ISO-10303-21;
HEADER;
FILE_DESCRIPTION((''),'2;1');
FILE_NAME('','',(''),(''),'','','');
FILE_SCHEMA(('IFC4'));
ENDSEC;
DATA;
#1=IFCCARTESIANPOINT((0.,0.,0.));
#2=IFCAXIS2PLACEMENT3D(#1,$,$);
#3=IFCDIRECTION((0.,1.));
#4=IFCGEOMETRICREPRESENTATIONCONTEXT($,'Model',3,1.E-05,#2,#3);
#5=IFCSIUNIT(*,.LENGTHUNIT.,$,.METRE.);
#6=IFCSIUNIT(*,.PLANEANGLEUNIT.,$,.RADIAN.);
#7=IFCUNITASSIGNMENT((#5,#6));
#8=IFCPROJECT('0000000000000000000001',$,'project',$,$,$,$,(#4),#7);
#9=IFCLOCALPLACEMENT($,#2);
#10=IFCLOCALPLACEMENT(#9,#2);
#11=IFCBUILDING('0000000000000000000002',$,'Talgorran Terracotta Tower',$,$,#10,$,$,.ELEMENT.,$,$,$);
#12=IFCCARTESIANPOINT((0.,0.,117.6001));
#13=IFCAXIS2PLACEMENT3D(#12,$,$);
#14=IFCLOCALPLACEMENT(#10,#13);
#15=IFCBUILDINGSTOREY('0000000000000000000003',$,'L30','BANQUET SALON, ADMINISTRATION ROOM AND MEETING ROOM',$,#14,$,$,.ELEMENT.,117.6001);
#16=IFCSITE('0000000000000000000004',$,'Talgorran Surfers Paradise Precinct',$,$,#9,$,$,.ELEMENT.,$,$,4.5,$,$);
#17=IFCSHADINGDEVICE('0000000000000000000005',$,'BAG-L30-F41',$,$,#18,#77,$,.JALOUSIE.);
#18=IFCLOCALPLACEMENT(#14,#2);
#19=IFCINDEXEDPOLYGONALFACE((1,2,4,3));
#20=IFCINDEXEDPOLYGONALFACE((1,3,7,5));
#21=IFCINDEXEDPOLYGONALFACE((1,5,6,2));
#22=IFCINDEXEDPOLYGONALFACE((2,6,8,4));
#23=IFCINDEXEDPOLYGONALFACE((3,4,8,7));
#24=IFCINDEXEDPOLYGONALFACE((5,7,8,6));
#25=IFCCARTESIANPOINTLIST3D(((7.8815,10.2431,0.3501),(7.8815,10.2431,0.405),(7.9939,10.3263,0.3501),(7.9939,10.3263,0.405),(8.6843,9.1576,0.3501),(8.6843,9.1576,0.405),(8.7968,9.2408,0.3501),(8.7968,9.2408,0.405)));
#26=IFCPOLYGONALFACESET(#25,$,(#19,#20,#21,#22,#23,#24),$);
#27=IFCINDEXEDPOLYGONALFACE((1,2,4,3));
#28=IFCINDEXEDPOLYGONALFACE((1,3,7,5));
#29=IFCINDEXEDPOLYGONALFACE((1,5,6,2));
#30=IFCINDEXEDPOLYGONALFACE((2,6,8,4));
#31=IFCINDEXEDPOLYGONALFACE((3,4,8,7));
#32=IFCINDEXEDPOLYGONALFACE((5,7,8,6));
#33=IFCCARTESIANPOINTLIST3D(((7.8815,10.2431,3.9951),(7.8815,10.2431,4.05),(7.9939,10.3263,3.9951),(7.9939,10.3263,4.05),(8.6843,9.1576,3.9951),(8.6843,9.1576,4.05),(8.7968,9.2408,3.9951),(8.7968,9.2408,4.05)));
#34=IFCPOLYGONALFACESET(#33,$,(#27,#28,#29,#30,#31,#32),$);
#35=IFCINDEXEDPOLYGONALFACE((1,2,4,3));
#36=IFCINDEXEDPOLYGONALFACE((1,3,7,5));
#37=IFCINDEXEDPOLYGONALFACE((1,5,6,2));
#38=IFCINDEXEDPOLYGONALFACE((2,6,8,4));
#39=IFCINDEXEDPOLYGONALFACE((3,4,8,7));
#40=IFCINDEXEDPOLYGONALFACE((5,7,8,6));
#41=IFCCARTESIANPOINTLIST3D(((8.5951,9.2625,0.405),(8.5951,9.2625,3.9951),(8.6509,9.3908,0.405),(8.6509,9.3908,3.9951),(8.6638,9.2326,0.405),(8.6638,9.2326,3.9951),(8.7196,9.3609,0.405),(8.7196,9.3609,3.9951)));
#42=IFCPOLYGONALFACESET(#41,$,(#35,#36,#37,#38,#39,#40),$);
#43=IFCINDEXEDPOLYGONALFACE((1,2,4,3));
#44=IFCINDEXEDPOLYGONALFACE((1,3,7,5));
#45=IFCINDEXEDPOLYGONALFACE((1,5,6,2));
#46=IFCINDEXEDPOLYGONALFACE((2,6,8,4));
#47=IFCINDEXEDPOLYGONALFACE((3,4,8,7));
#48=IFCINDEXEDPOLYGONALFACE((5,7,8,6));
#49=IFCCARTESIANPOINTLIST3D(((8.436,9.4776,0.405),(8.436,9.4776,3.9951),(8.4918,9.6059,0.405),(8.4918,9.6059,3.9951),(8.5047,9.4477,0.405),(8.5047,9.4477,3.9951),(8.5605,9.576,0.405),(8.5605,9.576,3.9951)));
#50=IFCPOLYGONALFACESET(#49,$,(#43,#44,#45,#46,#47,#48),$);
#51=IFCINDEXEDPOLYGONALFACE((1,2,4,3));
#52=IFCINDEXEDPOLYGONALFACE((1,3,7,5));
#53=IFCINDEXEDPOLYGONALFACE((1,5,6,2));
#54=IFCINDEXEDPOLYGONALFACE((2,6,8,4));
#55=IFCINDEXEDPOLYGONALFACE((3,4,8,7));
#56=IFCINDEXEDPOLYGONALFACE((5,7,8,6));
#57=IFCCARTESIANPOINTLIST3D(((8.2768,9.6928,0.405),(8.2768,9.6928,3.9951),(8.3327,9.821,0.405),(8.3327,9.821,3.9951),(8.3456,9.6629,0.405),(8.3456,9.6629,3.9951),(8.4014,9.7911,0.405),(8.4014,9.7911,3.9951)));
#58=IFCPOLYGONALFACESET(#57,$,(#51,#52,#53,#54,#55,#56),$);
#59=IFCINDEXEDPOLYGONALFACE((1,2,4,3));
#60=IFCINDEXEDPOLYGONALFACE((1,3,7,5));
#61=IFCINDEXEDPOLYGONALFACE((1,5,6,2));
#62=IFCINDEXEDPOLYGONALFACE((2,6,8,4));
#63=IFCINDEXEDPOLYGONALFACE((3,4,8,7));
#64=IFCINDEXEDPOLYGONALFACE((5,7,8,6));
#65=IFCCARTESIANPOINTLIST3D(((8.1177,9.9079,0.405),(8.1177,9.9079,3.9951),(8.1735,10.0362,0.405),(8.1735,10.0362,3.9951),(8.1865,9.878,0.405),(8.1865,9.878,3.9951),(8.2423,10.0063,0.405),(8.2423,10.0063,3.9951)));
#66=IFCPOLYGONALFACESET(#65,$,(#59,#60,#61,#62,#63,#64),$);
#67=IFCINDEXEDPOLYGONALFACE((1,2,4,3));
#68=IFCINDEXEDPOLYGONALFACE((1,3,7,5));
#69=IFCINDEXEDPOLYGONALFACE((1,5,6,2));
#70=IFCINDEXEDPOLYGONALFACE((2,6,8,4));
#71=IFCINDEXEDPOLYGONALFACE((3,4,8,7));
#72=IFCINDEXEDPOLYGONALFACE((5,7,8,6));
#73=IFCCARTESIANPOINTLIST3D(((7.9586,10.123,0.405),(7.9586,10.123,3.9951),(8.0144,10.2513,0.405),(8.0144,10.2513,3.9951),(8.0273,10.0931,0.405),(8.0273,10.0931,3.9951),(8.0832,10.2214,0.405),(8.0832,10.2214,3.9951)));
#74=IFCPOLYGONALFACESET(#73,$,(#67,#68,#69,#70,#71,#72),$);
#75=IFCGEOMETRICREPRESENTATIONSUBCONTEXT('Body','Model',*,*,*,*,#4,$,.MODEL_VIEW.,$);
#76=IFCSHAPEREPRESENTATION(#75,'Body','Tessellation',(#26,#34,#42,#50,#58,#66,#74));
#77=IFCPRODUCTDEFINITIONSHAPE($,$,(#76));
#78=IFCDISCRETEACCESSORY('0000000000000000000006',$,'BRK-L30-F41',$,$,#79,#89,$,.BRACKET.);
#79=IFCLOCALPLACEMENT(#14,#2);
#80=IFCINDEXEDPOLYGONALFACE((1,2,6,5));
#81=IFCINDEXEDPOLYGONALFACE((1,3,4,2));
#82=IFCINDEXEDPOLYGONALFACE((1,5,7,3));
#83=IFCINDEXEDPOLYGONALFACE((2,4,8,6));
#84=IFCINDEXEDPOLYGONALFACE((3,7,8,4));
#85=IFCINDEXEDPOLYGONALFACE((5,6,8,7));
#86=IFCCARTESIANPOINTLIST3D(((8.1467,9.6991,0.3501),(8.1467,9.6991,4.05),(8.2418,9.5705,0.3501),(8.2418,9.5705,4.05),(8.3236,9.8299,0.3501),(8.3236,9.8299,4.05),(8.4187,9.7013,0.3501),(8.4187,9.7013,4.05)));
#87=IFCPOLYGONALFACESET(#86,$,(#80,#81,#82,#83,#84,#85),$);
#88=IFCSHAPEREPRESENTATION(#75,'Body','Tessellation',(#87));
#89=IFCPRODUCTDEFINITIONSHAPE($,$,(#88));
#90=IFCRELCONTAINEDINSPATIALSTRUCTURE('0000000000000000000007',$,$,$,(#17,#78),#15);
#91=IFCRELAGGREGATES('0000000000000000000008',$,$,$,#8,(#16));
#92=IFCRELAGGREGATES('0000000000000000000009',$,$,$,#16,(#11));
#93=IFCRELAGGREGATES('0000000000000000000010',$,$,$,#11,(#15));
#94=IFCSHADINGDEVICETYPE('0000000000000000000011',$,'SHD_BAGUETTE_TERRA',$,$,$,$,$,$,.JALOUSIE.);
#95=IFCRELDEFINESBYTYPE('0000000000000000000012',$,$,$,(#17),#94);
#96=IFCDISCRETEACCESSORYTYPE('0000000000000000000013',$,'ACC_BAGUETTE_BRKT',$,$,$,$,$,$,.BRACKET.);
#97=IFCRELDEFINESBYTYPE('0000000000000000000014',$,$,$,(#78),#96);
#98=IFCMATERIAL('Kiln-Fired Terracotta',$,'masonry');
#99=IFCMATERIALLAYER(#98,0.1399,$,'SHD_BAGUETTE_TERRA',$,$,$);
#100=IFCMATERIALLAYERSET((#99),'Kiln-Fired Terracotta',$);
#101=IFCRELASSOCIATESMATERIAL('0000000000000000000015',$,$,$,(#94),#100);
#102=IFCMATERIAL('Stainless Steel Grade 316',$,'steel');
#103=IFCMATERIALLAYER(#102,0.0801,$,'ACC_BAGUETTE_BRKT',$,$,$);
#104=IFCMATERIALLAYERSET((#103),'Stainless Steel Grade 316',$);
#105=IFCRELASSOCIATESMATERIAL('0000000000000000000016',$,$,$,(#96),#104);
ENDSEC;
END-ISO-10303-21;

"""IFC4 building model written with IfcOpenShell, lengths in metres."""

from ifc_helpers import new_model, si_unit, direction, frame, origin, origin_2d, place, context, subcontext, project, spatial, rectangle, extrude, source, transform, mapped, material, layer, layer_set, type_object, type_shapes, element, save


model = new_model("IFC4")

# Units and contexts
model_context = context("Model", 3, precision=1e-05, world=origin(), true_north=direction((0.0, 1.0)))
body_context = subcontext(model_context, "Body", "Model", "MODEL_VIEW")
ifc_project = project(units=[si_unit("LENGTHUNIT", "METRE"), si_unit("PLANEANGLEUNIT", "RADIAN")], contexts=[model_context])

# Site, building, storey
site_placement = place(None, origin())
site = spatial("IfcSite", under=ifc_project, at=site_placement, Name="Talgorran Surfers Paradise Precinct", CompositionType="ELEMENT", RefElevation=4.5)
building_placement = place(site_placement, origin())
building = spatial("IfcBuilding", under=site, at=building_placement, Name="Talgorran Terracotta Tower", CompositionType="ELEMENT")
storey_placement = place(building_placement, frame((0.0, 0.0, 117.6001)))
storey = spatial("IfcBuildingStorey", under=building, at=storey_placement, Name="L30", Description="BANQUET SALON, ADMINISTRATION ROOM AND MEETING ROOM", CompositionType="ELEMENT", Elevation=117.6001)

# Shading device
ifc_material_1 = material(Name="Kiln-Fired Terracotta", Category="masonry")
ifc_layer_1 = layer(ifc_material_1, 0.1399, Name="SHD_BAGUETTE_TERRA")
ifc_layer_set_1 = layer_set([ifc_layer_1], Name="Kiln-Fired Terracotta")
shading_device_type = type_object("IfcShadingDeviceType", Name="SHD_BAGUETTE_TERRA", PredefinedType="JALOUSIE", material=ifc_layer_set_1)
shared_shape_1 = source(origin(), body_context, "Body", "SweptSolid", [
    extrude(rectangle(XDim=1.3501, YDim=0.1399, at=origin_2d()), origin(), (0.0, 0.0, 1.0), 0.0549),
    extrude(rectangle(XDim=1.3501, YDim=0.1399, at=origin_2d()), frame((0.0, 0.0, 3.645)), (0.0, 0.0, 1.0), 0.0549),
    extrude(rectangle(XDim=0.075, YDim=0.1399, at=origin_2d()), frame((-0.5352, 0.0, 0.0549), z_axis=(0.0, 0.0, 1.0), x_axis=(0.866025, 0.5, 0.0)), (0.0, 0.0, 1.0), 3.5901),
    extrude(rectangle(XDim=0.075, YDim=0.1399, at=origin_2d()), frame((-0.2676, 0.0, 0.0549), z_axis=(0.0, 0.0, 1.0), x_axis=(0.866025, 0.5, 0.0)), (0.0, 0.0, 1.0), 3.5901),
    extrude(rectangle(XDim=0.075, YDim=0.1399, at=origin_2d()), frame((0.0, 0.0, 0.0549), z_axis=(0.0, 0.0, 1.0), x_axis=(0.866025, 0.5, 0.0)), (0.0, 0.0, 1.0), 3.5901),
    extrude(rectangle(XDim=0.075, YDim=0.1399, at=origin_2d()), frame((0.2676, 0.0, 0.0549), z_axis=(0.0, 0.0, 1.0), x_axis=(0.866025, 0.5, 0.0)), (0.0, 0.0, 1.0), 3.5901),
    extrude(rectangle(XDim=0.075, YDim=0.1399, at=origin_2d()), frame((0.5352, 0.0, 0.0549), z_axis=(0.0, 0.0, 1.0), x_axis=(0.866025, 0.5, 0.0)), (0.0, 0.0, 1.0), 3.5901),
])
type_shapes(shading_device_type, [shared_shape_1])
shading_device_placement = place(storey_placement, frame((8.3391, 9.7419, 0.3501), z_axis=(0.0, 0.0, 1.0), x_axis=(-0.59464, 0.803992, 0.0)))
element("IfcShadingDevice", 1, at=shading_device_placement, inside=storey, type_object=shading_device_type, Name="BAG-L30-F41", PredefinedType="JALOUSIE", context=body_context, shape_type="MappedRepresentation", body=[
    mapped(shared_shape_1, transform((0.0, 0.0, 0.0), scale=1.0)),
])

# Discrete accessory
ifc_material_2 = material(Name="Stainless Steel Grade 316", Category="steel")
ifc_layer_2 = layer(ifc_material_2, 0.0801, Name="ACC_BAGUETTE_BRKT")
ifc_layer_set_2 = layer_set([ifc_layer_2], Name="Stainless Steel Grade 316")
discrete_accessory_type = type_object("IfcDiscreteAccessoryType", Name="ACC_BAGUETTE_BRKT", PredefinedType="BRACKET", material=ifc_layer_set_2)
shared_shape_2 = source(origin(), body_context, "Body", "SweptSolid", [
    extrude(rectangle(XDim=0.1599, YDim=0.22, at=origin_2d()), origin(), (0.0, 0.0, 1.0), 3.7),
])
type_shapes(discrete_accessory_type, [shared_shape_2])
discrete_accessory_placement = place(storey_placement, frame((8.2827, 9.7002, 0.3501), z_axis=(0.0, 0.0, 1.0), x_axis=(-0.59464, 0.803992, 0.0)))
element("IfcDiscreteAccessory", 2, at=discrete_accessory_placement, inside=storey, type_object=discrete_accessory_type, Name="BRK-L30-F41", PredefinedType="BRACKET", context=body_context, shape_type="MappedRepresentation", body=[
    mapped(shared_shape_2, transform((0.0, 0.0, 0.0), scale=1.0)),
])

save(model, "model.ifc")
